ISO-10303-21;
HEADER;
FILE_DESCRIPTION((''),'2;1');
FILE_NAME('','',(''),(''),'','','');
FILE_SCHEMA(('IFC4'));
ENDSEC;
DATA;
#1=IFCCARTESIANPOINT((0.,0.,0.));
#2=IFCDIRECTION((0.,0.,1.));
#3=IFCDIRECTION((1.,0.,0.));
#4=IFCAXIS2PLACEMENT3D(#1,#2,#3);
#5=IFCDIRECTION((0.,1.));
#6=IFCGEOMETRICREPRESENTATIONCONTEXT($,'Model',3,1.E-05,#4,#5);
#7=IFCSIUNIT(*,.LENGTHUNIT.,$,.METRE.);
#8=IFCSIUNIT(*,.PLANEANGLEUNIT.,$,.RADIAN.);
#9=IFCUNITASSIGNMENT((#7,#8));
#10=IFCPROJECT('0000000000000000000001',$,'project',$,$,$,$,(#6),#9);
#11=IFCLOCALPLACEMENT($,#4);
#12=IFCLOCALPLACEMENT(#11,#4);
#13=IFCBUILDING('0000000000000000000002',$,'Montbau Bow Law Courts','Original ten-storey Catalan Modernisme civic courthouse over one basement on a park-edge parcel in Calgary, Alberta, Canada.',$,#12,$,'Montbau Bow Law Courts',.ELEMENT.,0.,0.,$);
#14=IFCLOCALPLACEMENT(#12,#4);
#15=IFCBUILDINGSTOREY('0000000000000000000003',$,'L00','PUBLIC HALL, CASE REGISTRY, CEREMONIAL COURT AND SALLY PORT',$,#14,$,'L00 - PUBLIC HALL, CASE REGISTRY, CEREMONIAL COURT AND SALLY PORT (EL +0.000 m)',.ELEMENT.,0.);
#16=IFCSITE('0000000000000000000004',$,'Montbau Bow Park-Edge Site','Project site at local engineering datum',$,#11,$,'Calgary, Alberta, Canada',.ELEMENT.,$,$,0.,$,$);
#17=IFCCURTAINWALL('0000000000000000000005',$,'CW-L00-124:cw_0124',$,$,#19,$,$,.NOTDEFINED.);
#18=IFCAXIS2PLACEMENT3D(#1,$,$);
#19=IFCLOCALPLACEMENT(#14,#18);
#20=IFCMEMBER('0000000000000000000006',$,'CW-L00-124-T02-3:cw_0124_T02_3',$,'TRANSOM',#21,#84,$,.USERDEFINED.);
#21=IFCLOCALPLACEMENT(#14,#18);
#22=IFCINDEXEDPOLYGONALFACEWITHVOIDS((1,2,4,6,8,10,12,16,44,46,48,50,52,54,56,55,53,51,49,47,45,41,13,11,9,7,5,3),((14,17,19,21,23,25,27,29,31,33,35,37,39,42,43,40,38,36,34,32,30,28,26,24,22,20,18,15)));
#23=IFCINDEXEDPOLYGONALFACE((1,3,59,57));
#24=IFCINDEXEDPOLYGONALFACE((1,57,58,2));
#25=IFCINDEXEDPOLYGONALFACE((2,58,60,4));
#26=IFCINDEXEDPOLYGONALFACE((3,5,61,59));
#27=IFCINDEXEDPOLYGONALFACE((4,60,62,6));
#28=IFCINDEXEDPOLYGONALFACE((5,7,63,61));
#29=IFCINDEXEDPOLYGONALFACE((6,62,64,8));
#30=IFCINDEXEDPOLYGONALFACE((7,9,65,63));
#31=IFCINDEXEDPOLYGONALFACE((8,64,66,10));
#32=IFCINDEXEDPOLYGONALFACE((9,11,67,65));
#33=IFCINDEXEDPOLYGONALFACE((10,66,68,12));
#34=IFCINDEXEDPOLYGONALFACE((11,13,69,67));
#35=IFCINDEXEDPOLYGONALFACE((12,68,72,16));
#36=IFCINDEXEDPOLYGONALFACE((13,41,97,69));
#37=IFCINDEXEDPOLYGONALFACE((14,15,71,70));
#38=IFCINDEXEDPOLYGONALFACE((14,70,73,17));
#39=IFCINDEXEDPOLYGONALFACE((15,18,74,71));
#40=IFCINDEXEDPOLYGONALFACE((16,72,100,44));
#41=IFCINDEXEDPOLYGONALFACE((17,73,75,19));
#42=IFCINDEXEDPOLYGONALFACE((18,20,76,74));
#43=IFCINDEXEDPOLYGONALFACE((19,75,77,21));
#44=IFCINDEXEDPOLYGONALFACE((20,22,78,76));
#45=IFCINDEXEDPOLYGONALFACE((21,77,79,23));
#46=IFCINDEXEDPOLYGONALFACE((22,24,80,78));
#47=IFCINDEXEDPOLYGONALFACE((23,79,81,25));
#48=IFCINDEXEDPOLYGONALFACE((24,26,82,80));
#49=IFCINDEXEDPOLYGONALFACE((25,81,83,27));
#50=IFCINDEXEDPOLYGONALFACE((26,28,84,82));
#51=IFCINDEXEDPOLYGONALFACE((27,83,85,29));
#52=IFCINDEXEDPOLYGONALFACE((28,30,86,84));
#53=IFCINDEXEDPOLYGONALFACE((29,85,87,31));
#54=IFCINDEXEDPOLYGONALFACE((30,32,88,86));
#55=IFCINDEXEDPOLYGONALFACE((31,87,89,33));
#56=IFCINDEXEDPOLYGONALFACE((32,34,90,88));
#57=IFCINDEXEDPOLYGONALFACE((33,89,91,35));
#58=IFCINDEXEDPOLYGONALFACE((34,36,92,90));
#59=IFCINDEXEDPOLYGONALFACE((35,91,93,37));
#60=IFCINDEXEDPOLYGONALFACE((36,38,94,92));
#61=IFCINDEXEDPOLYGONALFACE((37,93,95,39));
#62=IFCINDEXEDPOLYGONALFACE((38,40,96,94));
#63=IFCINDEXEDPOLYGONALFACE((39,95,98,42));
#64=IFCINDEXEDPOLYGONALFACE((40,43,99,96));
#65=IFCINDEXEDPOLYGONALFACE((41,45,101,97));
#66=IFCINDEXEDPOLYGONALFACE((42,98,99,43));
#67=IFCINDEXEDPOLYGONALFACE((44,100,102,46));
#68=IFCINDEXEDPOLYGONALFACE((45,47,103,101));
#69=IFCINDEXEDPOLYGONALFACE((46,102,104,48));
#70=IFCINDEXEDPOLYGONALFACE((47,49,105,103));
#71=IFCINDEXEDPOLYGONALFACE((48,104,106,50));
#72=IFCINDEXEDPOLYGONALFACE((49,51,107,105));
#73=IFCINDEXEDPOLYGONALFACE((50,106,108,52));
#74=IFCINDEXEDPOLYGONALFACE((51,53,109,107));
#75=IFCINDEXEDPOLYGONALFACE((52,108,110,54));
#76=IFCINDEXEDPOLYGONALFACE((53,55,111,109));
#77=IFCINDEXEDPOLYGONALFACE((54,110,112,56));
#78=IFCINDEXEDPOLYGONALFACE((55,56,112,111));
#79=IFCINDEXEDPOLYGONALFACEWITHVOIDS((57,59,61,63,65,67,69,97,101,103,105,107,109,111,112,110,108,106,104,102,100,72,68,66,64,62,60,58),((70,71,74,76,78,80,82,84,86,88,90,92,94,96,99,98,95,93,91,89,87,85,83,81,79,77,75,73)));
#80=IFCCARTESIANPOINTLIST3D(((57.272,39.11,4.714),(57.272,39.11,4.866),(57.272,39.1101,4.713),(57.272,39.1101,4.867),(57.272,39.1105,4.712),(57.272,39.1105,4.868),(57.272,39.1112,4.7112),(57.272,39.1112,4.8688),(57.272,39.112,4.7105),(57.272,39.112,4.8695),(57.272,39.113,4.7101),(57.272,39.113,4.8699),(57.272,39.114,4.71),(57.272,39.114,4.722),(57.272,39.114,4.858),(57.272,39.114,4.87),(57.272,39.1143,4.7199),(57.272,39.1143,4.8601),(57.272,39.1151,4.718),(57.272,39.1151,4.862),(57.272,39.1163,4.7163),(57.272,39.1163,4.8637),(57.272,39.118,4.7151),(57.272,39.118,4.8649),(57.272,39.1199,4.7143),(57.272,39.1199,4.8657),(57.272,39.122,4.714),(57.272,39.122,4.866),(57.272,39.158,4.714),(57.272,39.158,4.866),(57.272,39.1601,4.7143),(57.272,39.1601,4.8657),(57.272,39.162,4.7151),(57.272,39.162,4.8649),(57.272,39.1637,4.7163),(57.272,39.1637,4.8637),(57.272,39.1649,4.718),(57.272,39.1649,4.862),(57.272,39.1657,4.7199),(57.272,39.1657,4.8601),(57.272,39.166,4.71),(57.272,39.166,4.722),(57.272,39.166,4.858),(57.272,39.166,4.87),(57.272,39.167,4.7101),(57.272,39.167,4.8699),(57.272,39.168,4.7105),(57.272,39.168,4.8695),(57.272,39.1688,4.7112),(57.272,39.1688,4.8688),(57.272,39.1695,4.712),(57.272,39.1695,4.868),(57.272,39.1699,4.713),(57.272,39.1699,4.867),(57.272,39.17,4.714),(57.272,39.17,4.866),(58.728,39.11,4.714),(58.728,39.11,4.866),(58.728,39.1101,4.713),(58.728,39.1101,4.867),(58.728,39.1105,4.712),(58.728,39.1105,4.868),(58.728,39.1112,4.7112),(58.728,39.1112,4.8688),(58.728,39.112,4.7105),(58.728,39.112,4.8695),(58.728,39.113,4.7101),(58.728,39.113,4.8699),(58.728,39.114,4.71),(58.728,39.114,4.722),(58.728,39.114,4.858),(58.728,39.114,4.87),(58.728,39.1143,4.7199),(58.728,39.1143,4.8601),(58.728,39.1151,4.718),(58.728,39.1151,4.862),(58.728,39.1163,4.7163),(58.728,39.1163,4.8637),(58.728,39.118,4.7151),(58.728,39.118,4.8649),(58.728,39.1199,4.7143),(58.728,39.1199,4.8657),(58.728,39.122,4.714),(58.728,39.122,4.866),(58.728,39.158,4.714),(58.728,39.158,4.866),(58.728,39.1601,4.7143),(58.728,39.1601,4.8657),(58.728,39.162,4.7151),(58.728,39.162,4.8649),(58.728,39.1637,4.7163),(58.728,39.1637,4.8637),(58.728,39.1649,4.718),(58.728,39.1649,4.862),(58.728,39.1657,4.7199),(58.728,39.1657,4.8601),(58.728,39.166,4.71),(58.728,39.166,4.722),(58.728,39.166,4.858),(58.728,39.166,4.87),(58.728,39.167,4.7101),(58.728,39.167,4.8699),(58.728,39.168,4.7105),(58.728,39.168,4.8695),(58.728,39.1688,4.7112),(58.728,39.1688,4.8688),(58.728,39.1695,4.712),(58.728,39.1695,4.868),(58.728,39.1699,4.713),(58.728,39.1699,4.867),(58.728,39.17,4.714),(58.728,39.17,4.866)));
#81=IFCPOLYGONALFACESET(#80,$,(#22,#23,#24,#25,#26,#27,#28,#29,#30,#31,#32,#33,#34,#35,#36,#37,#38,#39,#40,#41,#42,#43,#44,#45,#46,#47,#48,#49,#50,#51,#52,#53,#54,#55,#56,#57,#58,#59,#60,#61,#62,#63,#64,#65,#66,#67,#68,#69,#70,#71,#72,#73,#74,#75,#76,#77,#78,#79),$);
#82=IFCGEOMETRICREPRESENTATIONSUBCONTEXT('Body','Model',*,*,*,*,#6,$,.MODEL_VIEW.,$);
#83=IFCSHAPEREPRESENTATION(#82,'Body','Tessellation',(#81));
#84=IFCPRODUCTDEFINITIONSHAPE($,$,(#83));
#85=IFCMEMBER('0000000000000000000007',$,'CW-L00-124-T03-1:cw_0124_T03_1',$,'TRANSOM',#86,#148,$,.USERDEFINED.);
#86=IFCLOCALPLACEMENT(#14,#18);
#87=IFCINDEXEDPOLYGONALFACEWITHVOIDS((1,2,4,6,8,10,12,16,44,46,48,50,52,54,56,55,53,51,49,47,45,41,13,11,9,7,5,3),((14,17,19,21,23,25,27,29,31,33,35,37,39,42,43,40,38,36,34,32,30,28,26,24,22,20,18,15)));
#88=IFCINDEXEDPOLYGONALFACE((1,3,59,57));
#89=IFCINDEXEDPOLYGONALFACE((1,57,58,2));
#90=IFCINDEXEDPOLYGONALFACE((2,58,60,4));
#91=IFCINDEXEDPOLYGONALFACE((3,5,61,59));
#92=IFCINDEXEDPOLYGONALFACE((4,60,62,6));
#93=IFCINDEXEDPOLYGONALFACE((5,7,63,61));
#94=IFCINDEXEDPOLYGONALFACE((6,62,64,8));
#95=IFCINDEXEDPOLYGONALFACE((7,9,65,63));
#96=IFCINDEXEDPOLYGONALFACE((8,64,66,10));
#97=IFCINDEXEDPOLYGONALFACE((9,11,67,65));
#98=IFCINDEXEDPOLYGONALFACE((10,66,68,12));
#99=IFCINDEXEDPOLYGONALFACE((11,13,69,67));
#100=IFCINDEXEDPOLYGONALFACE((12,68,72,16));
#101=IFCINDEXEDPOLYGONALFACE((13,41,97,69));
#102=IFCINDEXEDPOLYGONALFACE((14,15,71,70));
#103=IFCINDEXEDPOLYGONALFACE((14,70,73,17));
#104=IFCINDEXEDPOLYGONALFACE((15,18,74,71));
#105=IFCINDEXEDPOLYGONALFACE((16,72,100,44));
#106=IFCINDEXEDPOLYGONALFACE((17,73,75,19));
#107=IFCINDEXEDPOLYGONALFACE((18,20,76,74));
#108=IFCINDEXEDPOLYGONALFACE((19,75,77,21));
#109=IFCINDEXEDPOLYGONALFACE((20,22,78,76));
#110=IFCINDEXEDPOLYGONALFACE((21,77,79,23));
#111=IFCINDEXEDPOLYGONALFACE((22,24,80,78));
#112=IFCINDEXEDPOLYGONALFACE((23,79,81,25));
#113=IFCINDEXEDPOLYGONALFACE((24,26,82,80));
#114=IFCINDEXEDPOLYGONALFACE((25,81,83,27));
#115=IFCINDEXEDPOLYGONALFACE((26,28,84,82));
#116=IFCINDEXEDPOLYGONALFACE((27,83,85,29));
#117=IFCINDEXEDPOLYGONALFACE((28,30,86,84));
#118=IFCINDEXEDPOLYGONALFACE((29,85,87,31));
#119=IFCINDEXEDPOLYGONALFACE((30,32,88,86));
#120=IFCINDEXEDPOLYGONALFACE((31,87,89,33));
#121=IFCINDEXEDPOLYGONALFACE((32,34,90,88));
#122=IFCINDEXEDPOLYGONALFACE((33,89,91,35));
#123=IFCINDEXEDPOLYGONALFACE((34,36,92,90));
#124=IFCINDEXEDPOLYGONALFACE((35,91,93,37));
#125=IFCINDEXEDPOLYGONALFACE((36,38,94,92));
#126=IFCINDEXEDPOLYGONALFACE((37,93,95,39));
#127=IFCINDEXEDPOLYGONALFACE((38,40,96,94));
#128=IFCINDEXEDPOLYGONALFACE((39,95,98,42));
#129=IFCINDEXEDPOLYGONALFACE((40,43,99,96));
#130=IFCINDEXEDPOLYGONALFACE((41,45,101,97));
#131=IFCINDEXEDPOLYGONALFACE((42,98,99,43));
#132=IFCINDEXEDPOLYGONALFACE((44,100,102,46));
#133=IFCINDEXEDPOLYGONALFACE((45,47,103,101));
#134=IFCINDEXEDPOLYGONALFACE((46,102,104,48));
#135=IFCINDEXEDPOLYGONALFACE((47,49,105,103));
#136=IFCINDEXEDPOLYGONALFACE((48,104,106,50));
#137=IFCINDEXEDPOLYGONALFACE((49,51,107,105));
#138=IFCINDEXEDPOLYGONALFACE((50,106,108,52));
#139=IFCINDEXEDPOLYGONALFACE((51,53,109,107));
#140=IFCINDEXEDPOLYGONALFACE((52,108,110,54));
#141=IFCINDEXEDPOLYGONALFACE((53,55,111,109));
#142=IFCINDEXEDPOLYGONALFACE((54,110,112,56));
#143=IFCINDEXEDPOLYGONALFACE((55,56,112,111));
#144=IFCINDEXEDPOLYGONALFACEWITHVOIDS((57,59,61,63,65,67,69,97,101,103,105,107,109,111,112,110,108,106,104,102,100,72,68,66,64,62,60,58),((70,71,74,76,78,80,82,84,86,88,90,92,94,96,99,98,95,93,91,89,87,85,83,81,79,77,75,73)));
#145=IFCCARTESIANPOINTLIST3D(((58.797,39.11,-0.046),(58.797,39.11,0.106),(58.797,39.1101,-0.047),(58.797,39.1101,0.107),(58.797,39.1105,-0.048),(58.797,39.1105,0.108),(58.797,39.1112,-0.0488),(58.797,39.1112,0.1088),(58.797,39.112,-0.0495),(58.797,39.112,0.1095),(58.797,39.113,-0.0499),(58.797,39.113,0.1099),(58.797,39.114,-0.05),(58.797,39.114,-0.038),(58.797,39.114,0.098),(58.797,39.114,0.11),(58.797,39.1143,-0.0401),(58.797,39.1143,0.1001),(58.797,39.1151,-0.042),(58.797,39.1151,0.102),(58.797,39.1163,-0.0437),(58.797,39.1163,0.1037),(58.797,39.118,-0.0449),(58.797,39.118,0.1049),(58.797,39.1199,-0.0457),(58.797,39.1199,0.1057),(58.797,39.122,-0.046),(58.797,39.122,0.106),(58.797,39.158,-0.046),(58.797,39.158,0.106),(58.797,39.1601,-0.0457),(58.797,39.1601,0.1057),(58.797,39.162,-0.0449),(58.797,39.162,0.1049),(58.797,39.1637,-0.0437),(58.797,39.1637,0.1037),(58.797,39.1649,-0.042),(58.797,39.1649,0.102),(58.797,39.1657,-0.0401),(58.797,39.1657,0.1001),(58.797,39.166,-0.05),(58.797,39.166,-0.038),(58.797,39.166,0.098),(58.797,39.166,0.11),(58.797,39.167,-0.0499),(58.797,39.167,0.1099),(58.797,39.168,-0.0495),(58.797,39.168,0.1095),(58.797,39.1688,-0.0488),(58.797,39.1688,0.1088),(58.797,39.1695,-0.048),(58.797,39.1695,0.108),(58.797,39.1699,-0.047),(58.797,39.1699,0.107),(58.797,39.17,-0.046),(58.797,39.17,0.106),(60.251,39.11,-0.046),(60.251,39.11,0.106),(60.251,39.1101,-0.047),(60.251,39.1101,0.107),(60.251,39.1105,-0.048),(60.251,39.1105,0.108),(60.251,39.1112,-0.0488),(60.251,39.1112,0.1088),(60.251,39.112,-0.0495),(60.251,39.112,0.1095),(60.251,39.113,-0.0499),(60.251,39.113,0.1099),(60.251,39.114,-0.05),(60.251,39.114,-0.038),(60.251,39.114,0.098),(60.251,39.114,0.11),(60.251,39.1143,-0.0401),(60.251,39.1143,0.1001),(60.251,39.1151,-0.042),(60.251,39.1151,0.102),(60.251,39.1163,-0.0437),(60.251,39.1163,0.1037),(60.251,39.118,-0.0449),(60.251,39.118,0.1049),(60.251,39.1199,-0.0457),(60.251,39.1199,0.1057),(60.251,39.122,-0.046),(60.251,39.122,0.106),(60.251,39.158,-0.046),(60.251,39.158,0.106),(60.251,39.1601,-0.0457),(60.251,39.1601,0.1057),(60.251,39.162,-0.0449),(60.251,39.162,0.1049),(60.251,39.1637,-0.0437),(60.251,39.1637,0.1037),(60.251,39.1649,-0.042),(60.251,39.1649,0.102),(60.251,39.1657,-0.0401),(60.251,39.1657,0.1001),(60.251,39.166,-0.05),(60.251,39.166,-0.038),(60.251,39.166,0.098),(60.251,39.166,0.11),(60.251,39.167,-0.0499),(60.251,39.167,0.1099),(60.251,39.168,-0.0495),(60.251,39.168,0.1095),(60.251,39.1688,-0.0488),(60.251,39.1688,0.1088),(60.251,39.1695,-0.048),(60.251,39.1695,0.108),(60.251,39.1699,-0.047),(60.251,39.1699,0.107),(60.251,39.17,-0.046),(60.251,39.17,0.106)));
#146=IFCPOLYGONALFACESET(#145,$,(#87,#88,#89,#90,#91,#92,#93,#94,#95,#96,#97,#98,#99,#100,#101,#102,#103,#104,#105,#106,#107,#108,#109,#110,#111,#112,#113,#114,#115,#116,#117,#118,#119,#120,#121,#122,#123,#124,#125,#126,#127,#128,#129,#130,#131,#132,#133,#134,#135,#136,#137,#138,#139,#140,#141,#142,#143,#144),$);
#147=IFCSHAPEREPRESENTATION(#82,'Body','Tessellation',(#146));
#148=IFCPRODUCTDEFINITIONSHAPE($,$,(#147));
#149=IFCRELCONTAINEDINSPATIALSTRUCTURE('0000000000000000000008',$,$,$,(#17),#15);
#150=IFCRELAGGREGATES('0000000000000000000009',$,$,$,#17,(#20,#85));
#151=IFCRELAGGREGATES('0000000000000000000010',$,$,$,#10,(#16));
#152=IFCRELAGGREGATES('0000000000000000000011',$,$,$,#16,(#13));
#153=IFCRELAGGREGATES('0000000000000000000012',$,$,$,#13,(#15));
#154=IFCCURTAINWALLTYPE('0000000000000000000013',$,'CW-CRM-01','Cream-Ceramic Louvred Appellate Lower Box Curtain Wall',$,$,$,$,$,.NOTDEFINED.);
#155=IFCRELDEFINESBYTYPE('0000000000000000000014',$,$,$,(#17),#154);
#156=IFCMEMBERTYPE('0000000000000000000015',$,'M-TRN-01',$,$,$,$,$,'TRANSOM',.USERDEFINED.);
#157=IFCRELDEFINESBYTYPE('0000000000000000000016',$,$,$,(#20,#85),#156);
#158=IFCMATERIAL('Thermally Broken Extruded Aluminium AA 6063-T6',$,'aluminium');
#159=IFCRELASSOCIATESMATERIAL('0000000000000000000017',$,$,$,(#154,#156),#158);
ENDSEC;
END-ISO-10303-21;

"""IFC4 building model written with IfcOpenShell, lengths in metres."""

from ifc_helpers import new_model, si_unit, direction, frame, origin_with_axes, origin_2d_with_axis, place, context, subcontext, project, spatial, hollow_rectangle, extrude, material, material_profile, profile_set, type_object, element, aggregate, save


model = new_model("IFC4")

# Units and contexts
model_context = context("Model", 3, precision=1e-05, world=origin_with_axes(), true_north=direction((0.0, 1.0)))
body_context = subcontext(model_context, "Body", "Model", "MODEL_VIEW")
ifc_project = project(units=[si_unit("LENGTHUNIT", "METRE"), si_unit("PLANEANGLEUNIT", "RADIAN")], contexts=[model_context])

# Site, building, storey
site_placement = place(None, origin_with_axes())
site = spatial("IfcSite", under=ifc_project, at=site_placement, Name="Montbau Bow Park-Edge Site", Description="Project site at local engineering datum", LongName="Calgary, Alberta, Canada", CompositionType="ELEMENT", RefElevation=0.0)
building_placement = place(site_placement, origin_with_axes())
building = spatial("IfcBuilding", under=site, at=building_placement, Name="Montbau Bow Law Courts", Description="Original ten-storey Catalan Modernisme civic courthouse over one basement on a park-edge parcel in Calgary, Alberta, Canada.", LongName="Montbau Bow Law Courts", CompositionType="ELEMENT", ElevationOfRefHeight=0.0, ElevationOfTerrain=0.0)
storey_placement = place(building_placement, origin_with_axes())
storey = spatial("IfcBuildingStorey", under=building, at=storey_placement, Name="L00", Description="PUBLIC HALL, CASE REGISTRY, CEREMONIAL COURT AND SALLY PORT", LongName="L00 - PUBLIC HALL, CASE REGISTRY, CEREMONIAL COURT AND SALLY PORT (EL +0.000 m)", CompositionType="ELEMENT", Elevation=0.0)

# Curtain wall, members
ifc_material_1 = material(Name="Thermally Broken Extruded Aluminium AA 6063-T6", Category="aluminium")
curtain_wall_type = type_object("IfcCurtainWallType", Name="CW-CRM-01", Description="Cream-Ceramic Louvred Appellate Lower Box Curtain Wall", PredefinedType="NOTDEFINED", material=ifc_material_1)
curtain_wall_placement = place(None, frame((55.715, 39.14, 0.0), z_axis=(0.0, 0.0, 1.0), x_axis=(1.0, 0.0, 0.0)))
curtain_wall = element("IfcCurtainWall", 1, at=curtain_wall_placement, inside=storey, type_object=curtain_wall_type, Name="CW-L00-124:cw_0124", PredefinedType="NOTDEFINED")
ifc_material_profile_1 = material_profile(ifc_material_1, hollow_rectangle(XDim=0.06, YDim=0.16, WallThickness=0.004, InnerFilletRadius=0.008, OuterFilletRadius=0.004, at=origin_2d_with_axis()), Name="CWT-160X60", Category="Main", Priority=0)
ifc_profile_set_1 = profile_set([ifc_material_profile_1], Name="Thermally Broken Extruded Aluminium AA 6063-T6")
member_type_1 = type_object("IfcMemberType", Name="M-TRN-01", ElementType="TRANSOM", PredefinedType="USERDEFINED", material=ifc_profile_set_1)
member_1_placement = place(None, frame((57.272, 39.14, 4.79), z_axis=(1.0, 0.0, 0.0), x_axis=(0.0, 1.0, 0.0)))
member_1 = element("IfcMember", 2, at=member_1_placement, type_object=member_type_1, Name="CW-L00-124-T02-3:cw_0124_T02_3", ObjectType="TRANSOM", PredefinedType="USERDEFINED", context=body_context, shape_type="SweptSolid", body=[
    extrude(hollow_rectangle(XDim=0.06, YDim=0.16, WallThickness=0.004, InnerFilletRadius=0.008, OuterFilletRadius=0.004, at=origin_2d_with_axis()), origin_with_axes(), (0.0, 0.0, 1.0), 1.456),
])
member_2_placement = place(None, frame((58.797, 39.14, 0.03), z_axis=(1.0, 0.0, 0.0), x_axis=(0.0, 1.0, 0.0)))
member_2 = element("IfcMember", 3, at=member_2_placement, type_object=member_type_1, Name="CW-L00-124-T03-1:cw_0124_T03_1", ObjectType="TRANSOM", PredefinedType="USERDEFINED", context=body_context, shape_type="SweptSolid", body=[
    extrude(hollow_rectangle(XDim=0.06, YDim=0.16, WallThickness=0.004, InnerFilletRadius=0.008, OuterFilletRadius=0.004, at=origin_2d_with_axis()), origin_with_axes(), (0.0, 0.0, 1.0), 1.454),
])
aggregate(curtain_wall, [member_1, member_2])

save(model, "model.ifc")
